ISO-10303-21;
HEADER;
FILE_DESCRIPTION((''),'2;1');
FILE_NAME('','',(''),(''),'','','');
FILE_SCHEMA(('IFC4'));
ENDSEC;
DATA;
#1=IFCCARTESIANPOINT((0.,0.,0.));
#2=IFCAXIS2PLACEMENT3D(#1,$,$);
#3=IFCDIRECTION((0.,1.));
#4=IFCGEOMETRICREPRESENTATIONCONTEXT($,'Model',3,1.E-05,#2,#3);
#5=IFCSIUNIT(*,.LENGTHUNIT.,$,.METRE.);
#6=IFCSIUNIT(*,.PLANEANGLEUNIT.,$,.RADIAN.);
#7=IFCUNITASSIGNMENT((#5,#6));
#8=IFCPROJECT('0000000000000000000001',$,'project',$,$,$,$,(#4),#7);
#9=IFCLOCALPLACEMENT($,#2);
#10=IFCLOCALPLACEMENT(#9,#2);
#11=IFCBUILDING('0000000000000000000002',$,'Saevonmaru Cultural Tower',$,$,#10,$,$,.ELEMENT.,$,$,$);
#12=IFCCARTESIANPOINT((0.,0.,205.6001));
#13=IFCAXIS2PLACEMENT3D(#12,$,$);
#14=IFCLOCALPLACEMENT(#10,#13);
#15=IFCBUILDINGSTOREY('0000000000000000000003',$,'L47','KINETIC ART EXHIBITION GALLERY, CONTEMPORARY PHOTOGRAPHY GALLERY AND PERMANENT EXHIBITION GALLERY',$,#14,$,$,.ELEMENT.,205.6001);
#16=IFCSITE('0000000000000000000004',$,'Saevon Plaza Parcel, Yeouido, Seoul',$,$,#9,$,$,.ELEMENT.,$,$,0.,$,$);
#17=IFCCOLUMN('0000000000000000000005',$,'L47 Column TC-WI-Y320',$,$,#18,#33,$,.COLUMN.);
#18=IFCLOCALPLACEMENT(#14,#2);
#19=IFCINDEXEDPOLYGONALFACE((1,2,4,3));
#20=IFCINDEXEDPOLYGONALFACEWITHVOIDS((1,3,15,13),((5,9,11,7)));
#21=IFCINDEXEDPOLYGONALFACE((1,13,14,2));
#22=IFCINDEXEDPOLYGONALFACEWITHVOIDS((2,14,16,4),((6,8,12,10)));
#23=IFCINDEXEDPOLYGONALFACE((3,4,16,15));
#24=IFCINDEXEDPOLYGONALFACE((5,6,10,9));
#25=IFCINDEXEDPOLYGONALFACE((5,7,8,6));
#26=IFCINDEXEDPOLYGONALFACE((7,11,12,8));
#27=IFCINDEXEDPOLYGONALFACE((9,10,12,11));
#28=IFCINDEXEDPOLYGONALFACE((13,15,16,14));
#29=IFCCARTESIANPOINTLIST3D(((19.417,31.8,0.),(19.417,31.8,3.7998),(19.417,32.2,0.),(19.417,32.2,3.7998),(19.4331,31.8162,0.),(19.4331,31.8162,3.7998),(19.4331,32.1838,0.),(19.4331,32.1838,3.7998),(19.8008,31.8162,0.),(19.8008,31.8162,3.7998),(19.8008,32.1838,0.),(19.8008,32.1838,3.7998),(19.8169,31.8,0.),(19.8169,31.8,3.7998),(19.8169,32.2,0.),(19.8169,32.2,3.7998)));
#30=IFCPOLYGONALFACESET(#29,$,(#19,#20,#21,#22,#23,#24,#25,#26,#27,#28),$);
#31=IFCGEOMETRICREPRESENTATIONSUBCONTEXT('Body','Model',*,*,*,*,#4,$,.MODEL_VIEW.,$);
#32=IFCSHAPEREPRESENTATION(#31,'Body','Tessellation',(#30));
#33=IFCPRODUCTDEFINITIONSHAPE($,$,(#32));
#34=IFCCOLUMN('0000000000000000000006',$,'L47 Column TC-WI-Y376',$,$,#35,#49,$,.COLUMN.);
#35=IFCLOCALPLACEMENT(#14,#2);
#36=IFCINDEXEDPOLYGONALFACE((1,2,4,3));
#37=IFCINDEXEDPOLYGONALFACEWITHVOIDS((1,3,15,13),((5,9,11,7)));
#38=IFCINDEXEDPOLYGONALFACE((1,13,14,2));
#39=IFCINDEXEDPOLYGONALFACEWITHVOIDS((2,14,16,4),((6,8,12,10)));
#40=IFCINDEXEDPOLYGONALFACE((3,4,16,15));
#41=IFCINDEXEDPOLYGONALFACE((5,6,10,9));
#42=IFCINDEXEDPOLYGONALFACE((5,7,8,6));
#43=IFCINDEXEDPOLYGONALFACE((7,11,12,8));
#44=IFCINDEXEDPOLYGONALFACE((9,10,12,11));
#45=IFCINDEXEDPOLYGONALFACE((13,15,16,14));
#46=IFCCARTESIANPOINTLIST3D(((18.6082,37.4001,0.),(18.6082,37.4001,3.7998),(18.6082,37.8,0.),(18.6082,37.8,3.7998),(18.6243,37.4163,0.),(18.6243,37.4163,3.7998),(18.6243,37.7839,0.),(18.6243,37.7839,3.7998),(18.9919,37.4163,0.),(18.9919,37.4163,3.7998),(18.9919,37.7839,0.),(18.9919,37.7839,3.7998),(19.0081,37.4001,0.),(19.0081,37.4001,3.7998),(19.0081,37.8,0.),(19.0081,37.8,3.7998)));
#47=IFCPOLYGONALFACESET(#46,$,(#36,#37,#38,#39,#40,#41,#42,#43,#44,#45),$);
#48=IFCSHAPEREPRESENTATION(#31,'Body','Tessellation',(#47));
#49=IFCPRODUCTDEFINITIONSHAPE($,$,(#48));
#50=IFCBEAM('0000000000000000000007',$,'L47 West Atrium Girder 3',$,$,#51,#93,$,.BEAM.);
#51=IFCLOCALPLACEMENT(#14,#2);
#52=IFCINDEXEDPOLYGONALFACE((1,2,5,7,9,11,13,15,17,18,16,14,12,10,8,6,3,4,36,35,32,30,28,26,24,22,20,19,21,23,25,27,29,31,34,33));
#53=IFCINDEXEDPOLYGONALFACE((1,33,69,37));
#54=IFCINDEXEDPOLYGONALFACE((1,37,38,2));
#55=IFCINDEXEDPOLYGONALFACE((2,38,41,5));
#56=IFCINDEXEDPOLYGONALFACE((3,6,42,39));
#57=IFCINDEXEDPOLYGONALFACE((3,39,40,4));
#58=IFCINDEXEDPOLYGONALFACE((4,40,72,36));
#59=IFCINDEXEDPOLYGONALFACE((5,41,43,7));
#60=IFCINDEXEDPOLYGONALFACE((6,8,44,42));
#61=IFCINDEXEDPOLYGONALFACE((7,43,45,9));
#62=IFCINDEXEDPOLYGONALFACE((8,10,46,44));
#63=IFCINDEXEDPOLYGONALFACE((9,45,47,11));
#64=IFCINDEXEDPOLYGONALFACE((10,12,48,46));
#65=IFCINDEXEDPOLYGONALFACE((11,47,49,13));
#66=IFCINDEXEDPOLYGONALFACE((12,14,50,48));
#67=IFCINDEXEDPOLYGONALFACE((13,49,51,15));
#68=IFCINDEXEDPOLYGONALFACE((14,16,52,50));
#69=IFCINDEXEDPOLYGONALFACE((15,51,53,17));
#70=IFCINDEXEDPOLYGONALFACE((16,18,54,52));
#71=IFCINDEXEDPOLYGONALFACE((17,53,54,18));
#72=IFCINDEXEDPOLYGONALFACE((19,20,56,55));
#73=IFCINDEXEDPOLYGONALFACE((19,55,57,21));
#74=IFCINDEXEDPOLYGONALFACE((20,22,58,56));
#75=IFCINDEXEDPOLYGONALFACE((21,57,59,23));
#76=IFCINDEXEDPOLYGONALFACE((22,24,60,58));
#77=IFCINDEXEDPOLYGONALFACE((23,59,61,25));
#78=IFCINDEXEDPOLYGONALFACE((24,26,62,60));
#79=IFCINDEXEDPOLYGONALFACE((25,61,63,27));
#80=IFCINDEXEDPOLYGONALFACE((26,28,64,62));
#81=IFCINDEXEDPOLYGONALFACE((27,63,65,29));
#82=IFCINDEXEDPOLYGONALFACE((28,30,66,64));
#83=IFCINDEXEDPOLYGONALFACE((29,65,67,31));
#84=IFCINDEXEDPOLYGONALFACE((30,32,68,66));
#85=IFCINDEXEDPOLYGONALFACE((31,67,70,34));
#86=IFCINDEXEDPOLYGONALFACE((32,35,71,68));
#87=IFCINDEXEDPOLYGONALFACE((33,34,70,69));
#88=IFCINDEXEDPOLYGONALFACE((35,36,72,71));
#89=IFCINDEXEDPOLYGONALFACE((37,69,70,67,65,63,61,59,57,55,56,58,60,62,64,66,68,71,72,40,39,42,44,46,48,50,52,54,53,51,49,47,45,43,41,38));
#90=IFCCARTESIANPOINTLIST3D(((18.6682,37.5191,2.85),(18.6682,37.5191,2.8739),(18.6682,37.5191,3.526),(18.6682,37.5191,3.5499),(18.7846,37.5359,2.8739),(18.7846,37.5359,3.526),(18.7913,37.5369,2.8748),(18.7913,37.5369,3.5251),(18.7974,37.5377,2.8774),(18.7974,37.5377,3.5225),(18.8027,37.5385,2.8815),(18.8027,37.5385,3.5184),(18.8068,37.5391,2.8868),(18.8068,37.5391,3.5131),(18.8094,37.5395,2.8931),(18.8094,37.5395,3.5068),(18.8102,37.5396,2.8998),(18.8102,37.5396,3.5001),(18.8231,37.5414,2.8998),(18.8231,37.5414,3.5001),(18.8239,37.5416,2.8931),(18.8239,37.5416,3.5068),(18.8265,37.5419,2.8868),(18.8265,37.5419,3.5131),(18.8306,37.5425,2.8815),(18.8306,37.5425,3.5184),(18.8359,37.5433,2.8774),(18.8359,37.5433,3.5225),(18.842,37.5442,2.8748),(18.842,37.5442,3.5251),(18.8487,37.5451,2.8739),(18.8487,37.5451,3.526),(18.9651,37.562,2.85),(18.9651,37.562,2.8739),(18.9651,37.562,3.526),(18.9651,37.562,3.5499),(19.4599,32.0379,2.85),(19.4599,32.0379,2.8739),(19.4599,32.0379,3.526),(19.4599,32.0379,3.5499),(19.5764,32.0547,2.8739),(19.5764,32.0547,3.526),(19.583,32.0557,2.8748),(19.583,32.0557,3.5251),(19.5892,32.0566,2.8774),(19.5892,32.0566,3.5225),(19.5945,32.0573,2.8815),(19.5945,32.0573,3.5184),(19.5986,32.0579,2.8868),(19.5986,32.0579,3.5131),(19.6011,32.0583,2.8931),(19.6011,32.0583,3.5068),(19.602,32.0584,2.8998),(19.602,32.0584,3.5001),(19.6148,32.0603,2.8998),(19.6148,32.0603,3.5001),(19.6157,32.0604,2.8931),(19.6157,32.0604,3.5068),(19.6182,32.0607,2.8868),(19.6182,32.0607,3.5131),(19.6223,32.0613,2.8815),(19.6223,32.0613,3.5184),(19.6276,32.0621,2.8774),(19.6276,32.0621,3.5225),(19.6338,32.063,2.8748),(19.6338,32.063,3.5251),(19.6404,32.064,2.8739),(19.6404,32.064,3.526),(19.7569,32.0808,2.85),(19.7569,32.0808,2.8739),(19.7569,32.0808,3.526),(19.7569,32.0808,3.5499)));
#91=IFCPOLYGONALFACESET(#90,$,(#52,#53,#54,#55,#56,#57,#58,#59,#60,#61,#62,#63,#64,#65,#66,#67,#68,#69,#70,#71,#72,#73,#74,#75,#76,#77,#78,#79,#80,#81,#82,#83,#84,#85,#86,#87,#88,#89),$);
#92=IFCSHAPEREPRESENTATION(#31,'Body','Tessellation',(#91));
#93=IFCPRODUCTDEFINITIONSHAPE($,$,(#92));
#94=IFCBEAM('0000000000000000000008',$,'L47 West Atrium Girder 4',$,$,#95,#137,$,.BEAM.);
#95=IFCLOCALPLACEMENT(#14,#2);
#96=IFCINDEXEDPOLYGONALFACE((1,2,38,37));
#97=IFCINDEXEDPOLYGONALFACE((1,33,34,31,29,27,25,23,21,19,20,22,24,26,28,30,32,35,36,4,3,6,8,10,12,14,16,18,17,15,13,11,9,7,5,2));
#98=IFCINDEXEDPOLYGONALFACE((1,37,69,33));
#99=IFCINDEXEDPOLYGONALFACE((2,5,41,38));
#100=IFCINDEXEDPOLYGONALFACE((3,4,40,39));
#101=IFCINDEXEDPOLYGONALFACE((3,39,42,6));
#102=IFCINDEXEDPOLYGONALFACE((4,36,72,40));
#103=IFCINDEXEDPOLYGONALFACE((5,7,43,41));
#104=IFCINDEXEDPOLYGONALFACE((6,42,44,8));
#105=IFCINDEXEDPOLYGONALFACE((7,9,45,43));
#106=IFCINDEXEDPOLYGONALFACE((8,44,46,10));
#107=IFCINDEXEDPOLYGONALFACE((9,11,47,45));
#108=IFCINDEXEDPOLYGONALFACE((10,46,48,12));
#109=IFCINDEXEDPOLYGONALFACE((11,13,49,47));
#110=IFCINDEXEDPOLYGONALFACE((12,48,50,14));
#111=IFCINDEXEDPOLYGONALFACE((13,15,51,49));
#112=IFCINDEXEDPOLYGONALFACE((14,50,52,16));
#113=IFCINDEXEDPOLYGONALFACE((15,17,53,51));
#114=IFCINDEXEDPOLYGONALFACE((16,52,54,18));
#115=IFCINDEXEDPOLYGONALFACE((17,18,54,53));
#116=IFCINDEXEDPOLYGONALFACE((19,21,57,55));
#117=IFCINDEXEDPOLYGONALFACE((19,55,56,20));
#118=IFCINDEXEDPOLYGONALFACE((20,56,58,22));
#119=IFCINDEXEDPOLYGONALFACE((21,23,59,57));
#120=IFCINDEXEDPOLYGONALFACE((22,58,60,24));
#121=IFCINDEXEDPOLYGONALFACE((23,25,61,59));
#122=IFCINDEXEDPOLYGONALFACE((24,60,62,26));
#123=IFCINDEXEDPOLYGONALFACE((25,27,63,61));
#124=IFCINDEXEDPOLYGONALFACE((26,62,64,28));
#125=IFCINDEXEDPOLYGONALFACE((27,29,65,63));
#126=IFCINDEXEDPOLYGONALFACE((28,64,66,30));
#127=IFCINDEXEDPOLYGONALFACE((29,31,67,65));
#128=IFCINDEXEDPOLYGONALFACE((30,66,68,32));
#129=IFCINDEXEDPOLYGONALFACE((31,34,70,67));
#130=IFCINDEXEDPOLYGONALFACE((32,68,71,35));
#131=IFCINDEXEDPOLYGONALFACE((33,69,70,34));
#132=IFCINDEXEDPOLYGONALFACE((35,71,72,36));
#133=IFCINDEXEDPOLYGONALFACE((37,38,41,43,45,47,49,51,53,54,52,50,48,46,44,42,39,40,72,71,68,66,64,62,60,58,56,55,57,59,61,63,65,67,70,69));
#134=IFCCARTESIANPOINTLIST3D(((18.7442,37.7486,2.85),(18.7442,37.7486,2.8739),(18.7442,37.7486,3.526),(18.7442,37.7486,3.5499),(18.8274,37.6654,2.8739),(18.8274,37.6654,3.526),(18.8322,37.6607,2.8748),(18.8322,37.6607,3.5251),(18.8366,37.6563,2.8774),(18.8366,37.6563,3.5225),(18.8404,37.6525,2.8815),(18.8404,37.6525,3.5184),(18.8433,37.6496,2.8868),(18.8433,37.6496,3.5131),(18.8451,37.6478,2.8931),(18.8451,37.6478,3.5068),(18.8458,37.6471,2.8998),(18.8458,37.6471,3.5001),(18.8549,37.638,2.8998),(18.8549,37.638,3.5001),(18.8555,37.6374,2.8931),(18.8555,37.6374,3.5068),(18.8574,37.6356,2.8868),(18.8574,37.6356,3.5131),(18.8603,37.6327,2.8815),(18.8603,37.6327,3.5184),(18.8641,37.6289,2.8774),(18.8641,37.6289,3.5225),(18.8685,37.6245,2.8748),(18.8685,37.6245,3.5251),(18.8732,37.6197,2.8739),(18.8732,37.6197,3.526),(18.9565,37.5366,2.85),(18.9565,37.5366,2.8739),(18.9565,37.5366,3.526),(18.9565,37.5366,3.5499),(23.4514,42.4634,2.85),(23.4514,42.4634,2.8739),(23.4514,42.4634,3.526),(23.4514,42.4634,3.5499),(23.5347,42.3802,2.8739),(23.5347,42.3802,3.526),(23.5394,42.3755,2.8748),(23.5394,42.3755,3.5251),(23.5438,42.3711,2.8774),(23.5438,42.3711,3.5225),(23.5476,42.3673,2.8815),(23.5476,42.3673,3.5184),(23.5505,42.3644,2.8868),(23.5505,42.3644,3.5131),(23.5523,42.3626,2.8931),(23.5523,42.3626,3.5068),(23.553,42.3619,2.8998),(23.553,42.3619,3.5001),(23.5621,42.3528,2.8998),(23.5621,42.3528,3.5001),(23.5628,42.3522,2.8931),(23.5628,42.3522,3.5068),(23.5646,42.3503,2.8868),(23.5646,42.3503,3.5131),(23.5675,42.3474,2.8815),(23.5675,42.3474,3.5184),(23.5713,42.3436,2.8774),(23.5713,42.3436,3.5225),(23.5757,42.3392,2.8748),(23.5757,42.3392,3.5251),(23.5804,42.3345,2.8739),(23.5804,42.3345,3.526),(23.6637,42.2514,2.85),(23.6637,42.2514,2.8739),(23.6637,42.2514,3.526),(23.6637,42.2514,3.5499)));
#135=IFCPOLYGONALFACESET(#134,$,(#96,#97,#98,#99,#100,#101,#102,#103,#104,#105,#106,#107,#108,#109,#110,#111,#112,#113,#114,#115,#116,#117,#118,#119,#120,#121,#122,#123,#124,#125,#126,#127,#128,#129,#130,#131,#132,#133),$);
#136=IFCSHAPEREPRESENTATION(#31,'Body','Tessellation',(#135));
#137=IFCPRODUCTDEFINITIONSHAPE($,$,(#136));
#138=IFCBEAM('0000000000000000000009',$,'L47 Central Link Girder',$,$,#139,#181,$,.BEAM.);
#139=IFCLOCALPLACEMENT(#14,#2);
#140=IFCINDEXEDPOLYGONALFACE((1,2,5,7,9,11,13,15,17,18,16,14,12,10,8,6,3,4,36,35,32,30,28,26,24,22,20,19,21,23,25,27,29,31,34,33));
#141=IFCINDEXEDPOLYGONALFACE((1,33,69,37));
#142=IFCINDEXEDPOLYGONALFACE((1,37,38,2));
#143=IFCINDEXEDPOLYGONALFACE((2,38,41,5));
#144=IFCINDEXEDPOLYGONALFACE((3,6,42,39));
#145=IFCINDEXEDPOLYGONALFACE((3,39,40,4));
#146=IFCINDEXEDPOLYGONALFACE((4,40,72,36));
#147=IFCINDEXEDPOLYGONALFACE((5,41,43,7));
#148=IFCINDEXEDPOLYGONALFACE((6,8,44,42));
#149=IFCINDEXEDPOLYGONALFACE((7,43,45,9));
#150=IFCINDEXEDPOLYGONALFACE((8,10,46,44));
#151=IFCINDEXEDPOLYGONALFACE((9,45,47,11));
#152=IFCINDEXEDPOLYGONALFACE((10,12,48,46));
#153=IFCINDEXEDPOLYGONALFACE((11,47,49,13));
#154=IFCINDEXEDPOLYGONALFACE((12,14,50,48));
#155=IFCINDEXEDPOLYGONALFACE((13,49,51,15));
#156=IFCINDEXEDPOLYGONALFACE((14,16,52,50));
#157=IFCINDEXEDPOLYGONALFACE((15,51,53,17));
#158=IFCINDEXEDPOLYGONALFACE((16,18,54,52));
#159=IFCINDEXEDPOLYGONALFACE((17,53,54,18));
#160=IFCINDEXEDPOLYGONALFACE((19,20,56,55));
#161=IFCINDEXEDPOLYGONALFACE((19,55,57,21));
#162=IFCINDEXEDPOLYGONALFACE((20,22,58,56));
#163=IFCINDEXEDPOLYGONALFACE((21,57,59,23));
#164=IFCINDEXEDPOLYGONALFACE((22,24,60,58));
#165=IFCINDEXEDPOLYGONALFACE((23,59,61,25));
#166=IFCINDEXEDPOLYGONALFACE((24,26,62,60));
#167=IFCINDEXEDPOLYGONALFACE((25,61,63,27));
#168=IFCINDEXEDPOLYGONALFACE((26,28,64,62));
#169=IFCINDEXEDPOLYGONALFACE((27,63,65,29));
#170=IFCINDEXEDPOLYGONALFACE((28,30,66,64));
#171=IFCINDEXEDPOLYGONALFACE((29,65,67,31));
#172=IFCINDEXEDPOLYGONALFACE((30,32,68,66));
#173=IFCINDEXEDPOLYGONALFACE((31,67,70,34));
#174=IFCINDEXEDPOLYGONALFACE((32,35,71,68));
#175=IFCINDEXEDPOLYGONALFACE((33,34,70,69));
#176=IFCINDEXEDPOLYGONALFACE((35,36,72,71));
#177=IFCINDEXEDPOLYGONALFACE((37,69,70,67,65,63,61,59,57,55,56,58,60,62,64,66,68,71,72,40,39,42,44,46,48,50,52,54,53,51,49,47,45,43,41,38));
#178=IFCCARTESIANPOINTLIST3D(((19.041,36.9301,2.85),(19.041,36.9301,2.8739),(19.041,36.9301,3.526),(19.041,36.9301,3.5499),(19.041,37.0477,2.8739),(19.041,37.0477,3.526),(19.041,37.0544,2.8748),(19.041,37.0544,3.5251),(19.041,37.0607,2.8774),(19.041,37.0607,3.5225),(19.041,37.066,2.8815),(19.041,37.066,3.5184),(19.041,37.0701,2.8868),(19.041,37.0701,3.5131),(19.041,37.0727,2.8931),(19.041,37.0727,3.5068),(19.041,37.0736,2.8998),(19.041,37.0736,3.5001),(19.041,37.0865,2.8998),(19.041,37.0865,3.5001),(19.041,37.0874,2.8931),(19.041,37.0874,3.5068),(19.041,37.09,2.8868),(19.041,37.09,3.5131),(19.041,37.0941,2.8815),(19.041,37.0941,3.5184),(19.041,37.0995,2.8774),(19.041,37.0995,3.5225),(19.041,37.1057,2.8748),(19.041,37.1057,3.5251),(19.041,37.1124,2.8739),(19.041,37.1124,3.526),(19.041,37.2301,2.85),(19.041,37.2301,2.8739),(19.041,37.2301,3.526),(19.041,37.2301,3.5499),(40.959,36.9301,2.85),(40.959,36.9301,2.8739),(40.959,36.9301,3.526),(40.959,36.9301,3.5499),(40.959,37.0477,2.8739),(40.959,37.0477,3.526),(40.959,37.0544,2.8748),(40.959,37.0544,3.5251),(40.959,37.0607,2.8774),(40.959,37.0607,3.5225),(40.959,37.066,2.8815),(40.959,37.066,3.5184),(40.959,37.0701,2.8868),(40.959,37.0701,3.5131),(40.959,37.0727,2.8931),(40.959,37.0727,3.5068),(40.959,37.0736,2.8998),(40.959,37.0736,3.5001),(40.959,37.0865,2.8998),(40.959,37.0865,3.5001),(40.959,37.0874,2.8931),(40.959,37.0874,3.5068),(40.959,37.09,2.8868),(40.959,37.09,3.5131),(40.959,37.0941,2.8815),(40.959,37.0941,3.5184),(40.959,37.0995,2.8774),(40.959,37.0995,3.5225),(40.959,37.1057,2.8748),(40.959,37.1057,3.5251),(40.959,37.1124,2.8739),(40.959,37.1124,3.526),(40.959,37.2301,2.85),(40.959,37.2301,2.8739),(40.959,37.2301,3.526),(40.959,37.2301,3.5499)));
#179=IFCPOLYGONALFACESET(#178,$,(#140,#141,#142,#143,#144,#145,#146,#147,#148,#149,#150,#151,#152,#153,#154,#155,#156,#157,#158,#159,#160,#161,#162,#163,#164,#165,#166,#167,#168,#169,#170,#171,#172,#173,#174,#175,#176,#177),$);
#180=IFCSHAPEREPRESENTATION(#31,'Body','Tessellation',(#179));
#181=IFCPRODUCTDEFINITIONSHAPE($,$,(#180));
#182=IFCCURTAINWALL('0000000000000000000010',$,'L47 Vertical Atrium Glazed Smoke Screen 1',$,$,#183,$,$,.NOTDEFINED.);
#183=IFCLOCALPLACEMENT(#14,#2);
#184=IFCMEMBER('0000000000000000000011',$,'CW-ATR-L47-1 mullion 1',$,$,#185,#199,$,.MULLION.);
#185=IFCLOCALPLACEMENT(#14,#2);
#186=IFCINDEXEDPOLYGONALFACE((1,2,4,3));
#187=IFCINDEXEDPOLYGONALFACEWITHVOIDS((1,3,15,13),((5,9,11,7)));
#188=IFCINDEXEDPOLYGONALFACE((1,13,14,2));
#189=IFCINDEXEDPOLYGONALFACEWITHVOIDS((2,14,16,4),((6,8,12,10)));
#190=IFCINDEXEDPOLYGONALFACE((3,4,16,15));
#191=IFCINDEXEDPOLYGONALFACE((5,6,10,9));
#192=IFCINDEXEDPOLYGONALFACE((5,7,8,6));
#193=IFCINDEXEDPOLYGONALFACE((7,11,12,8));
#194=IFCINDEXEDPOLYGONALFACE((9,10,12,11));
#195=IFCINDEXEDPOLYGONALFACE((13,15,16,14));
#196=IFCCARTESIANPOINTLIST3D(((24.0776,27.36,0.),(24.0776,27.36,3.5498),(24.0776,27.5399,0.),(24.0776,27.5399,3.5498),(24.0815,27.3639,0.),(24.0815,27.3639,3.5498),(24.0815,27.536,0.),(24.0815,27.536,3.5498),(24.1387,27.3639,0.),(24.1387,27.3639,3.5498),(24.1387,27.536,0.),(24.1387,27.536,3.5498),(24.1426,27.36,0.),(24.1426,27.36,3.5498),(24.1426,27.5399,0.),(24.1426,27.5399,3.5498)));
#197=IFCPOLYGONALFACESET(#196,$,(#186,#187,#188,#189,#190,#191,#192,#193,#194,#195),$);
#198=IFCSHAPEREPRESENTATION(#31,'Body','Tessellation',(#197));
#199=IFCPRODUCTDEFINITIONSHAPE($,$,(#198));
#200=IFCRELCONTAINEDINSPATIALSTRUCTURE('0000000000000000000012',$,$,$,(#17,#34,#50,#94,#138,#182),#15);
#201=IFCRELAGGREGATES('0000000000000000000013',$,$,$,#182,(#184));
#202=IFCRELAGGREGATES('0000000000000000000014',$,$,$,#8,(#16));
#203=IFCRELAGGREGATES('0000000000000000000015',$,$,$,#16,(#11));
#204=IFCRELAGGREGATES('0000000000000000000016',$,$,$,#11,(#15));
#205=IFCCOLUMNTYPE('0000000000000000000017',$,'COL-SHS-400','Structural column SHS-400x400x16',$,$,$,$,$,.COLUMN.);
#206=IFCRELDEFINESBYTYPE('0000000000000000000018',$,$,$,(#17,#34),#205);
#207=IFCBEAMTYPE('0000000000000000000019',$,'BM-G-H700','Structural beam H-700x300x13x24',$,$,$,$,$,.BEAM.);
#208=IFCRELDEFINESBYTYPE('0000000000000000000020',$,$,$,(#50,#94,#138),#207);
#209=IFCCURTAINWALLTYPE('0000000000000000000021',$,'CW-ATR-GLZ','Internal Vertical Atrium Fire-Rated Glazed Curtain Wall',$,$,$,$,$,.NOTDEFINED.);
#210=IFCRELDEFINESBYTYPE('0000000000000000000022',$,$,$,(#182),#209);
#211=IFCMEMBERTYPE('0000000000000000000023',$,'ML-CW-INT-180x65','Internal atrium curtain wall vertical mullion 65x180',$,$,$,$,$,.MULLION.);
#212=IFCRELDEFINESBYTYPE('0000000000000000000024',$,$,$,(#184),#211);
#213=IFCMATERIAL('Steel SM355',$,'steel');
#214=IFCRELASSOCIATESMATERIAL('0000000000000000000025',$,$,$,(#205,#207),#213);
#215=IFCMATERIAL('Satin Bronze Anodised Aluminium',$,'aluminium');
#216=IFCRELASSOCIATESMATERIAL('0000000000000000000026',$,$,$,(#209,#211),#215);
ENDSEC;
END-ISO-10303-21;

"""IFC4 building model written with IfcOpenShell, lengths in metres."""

from ifc_helpers import new_model, si_unit, direction, frame, origin, origin_2d, place, context, subcontext, project, spatial, hollow_rectangle, i_section, extrude, material, material_profile, profile_set, type_object, element, aggregate, save


model = new_model("IFC4")

# Units and contexts
model_context = context("Model", 3, precision=1e-05, world=origin(), true_north=direction((0.0, 1.0)))
body_context = subcontext(model_context, "Body", "Model", "MODEL_VIEW")
ifc_project = project(units=[si_unit("LENGTHUNIT", "METRE"), si_unit("PLANEANGLEUNIT", "RADIAN")], contexts=[model_context])

# Site, building, storey
site_placement = place(None, origin())
site = spatial("IfcSite", under=ifc_project, at=site_placement, Name="Saevon Plaza Parcel, Yeouido, Seoul", CompositionType="ELEMENT", RefElevation=0.0)
building_placement = place(site_placement, origin())
building = spatial("IfcBuilding", under=site, at=building_placement, Name="Saevonmaru Cultural Tower", CompositionType="ELEMENT")
storey_placement = place(building_placement, frame((0.0, 0.0, 205.6001)))
storey = spatial("IfcBuildingStorey", under=building, at=storey_placement, Name="L47", Description="KINETIC ART EXHIBITION GALLERY, CONTEMPORARY PHOTOGRAPHY GALLERY AND PERMANENT EXHIBITION GALLERY", CompositionType="ELEMENT", Elevation=205.6001)

# Columns
ifc_material_1 = material(Name="Steel SM355", Category="steel")
ifc_material_profile_1 = material_profile(ifc_material_1, hollow_rectangle(XDim=0.3999, YDim=0.3999, WallThickness=0.0161, at=origin_2d()), Name="SHS-400x400x16")
ifc_profile_set_1 = profile_set([ifc_material_profile_1], Name="Steel SM355")
column_type = type_object("IfcColumnType", Name="COL-SHS-400", Description="Structural column SHS-400x400x16", PredefinedType="COLUMN", material=ifc_profile_set_1)
for number, where, z_axis, x_axis, name in (
    (1, (19.6169, 32.0, 0.0), (0.0, 0.0, 1.0), (1.0, 0.0, 0.0), "L47 Column TC-WI-Y320"),
    (2, (18.8081, 37.6001, 0.0), (0.0, 0.0, 1.0), (1.0, 0.0, 0.0), "L47 Column TC-WI-Y376"),
):
    element("IfcColumn", number, at=place(storey_placement, frame(where, z_axis=z_axis, x_axis=x_axis)), inside=storey, type_object=column_type, Name=name, PredefinedType="COLUMN", context=body_context, shape_type="SweptSolid", body=[
        extrude(hollow_rectangle(XDim=0.3999, YDim=0.3999, WallThickness=0.0161, at=origin_2d()), origin(), (0.0, 0.0, 1.0), 3.7998),
    ])

# Beams
ifc_material_profile_2 = material_profile(ifc_material_1, i_section(OverallWidth=0.3, OverallDepth=0.7, WebThickness=0.0129, FlangeThickness=0.0239, FilletRadius=0.0259, at=origin_2d()), Name="H-700x300x13x24")
ifc_profile_set_2 = profile_set([ifc_material_profile_2], Name="Steel SM355")
beam_type = type_object("IfcBeamType", Name="BM-G-H700", Description="Structural beam H-700x300x13x24", PredefinedType="BEAM", material=ifc_profile_set_2)
beam_1_placement = place(storey_placement, frame((19.6084, 32.0593, 3.2), z_axis=(-0.142964, 0.989728, 0.0), x_axis=(-0.989728, -0.142964, 0.0)))
element("IfcBeam", 3, at=beam_1_placement, inside=storey, type_object=beam_type, Name="L47 West Atrium Girder 3", PredefinedType="BEAM", context=body_context, shape_type="SweptSolid", body=[
    extrude(i_section(OverallWidth=0.3, OverallDepth=0.7, WebThickness=0.0129, FlangeThickness=0.0239, FilletRadius=0.0259, at=origin_2d()), origin(), (0.0, 0.0, 1.0), 5.5381),
])
beam_2_placement = place(storey_placement, frame((18.8503, 37.6426, 3.2), z_axis=(0.706539, 0.707675, 0.0), x_axis=(-0.707675, 0.706539, 0.0)))
element("IfcBeam", 4, at=beam_2_placement, inside=storey, type_object=beam_type, Name="L47 West Atrium Girder 4", PredefinedType="BEAM", context=body_context, shape_type="SweptSolid", body=[
    extrude(i_section(OverallWidth=0.3, OverallDepth=0.7, WebThickness=0.0129, FlangeThickness=0.0239, FilletRadius=0.0259, at=origin_2d()), origin(), (0.0, 0.0, 1.0), 6.6624),
])
beam_3_placement = place(storey_placement, frame((19.041, 37.0801, 3.2), z_axis=(1.0, 0.0, 0.0), x_axis=(0.0, 1.0, 0.0)))
element("IfcBeam", 5, at=beam_3_placement, inside=storey, type_object=beam_type, Name="L47 Central Link Girder", PredefinedType="BEAM", context=body_context, shape_type="SweptSolid", body=[
    extrude(i_section(OverallWidth=0.3, OverallDepth=0.7, WebThickness=0.0129, FlangeThickness=0.0239, FilletRadius=0.0259, at=origin_2d()), origin(), (0.0, 0.0, 1.0), 21.918),
])

# Curtain wall, member
ifc_material_2 = material(Name="Satin Bronze Anodised Aluminium", Category="aluminium")
curtain_wall_type = type_object("IfcCurtainWallType", Name="CW-ATR-GLZ", Description="Internal Vertical Atrium Fire-Rated Glazed Curtain Wall", PredefinedType="NOTDEFINED", material=ifc_material_2)
curtain_wall_1_placement = place(storey_placement, origin())
curtain_wall_1 = element("IfcCurtainWall", 6, at=curtain_wall_1_placement, inside=storey, type_object=curtain_wall_type, Name="L47 Vertical Atrium Glazed Smoke Screen 1", PredefinedType="NOTDEFINED")
ifc_material_profile_3 = material_profile(ifc_material_2, hollow_rectangle(XDim=0.0649, YDim=0.1799, WallThickness=0.0039, at=origin_2d()), Name="ALU-MULL-180x65x4")
ifc_profile_set_3 = profile_set([ifc_material_profile_3], Name="Satin Bronze Anodised Aluminium")
member_type_1 = type_object("IfcMemberType", Name="ML-CW-INT-180x65", Description="Internal atrium curtain wall vertical mullion 65x180", PredefinedType="MULLION", material=ifc_profile_set_3)
member_1_placement = place(storey_placement, frame((24.1101, 27.45, 0.0), z_axis=(0.0, 0.0, 1.0), x_axis=(1.0, 0.0, 0.0)))
member_1 = element("IfcMember", 7, at=member_1_placement, type_object=member_type_1, Name="CW-ATR-L47-1 mullion 1", PredefinedType="MULLION", context=body_context, shape_type="SweptSolid", body=[
    extrude(hollow_rectangle(XDim=0.0649, YDim=0.1799, WallThickness=0.0039, at=origin_2d()), origin(), (0.0, 0.0, 1.0), 3.5498),
])
aggregate(curtain_wall_1, [member_1])

save(model, "model.ifc")
